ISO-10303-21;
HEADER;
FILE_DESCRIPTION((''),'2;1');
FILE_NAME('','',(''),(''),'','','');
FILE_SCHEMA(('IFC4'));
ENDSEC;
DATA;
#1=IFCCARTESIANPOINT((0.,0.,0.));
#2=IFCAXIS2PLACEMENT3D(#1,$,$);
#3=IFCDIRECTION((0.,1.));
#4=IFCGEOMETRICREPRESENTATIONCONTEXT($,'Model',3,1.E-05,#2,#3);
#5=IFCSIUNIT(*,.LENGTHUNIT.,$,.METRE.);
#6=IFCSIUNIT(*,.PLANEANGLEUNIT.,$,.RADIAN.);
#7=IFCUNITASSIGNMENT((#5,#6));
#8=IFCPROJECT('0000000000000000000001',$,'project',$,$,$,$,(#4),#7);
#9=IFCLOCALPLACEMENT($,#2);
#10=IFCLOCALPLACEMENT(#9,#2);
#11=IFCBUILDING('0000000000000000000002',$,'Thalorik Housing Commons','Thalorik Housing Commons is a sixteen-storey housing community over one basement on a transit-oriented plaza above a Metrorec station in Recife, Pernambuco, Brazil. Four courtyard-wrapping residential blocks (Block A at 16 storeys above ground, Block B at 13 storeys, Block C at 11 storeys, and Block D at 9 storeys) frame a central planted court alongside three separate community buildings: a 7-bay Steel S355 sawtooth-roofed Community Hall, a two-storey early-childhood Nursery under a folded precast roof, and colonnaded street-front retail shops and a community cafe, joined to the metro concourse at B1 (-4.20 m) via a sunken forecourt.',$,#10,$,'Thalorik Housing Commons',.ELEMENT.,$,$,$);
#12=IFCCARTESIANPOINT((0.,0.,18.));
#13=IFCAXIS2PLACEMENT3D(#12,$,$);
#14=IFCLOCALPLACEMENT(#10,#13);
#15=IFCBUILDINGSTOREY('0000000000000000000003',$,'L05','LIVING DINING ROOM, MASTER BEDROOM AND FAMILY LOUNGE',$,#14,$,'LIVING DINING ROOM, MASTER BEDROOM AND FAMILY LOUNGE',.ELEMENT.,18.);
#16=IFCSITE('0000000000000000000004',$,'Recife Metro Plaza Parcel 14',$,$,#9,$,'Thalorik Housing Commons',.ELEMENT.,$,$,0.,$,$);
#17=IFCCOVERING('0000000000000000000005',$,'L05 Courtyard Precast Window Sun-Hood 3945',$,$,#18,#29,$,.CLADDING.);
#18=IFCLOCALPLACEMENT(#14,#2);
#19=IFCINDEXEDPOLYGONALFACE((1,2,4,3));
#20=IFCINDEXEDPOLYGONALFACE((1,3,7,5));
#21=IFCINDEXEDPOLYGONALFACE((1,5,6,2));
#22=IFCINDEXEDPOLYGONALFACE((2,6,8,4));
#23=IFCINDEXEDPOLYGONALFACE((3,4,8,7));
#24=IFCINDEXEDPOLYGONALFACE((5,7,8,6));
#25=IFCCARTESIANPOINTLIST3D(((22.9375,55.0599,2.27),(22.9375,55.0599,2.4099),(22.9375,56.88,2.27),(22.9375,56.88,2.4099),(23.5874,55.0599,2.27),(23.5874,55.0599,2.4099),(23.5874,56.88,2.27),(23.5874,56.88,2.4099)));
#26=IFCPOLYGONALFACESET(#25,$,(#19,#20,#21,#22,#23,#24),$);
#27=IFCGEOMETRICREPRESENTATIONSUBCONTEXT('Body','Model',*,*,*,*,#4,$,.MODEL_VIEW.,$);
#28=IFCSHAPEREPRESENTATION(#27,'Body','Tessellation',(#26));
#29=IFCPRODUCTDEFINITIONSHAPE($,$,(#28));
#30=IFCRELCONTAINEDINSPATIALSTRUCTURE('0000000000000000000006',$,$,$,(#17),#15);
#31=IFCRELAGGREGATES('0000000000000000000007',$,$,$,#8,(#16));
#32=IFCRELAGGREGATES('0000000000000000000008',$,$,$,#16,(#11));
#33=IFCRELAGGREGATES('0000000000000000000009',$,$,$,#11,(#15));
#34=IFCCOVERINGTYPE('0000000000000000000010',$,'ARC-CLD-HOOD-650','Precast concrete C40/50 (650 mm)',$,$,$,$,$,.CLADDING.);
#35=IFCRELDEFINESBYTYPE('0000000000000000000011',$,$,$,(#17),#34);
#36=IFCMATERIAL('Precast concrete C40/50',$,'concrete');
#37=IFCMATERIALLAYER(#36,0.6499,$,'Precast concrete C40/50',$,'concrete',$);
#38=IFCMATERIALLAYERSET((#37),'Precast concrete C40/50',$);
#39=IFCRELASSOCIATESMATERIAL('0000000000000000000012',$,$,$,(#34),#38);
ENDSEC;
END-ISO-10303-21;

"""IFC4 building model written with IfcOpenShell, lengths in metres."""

from ifc_helpers import new_model, si_unit, direction, frame, origin, origin_2d, place, context, subcontext, project, spatial, rectangle, extrude, material, layer, layer_set, type_object, element, save


model = new_model("IFC4")

# Units and contexts
model_context = context("Model", 3, precision=1e-05, world=origin(), true_north=direction((0.0, 1.0)))
body_context = subcontext(model_context, "Body", "Model", "MODEL_VIEW")
ifc_project = project(units=[si_unit("LENGTHUNIT", "METRE"), si_unit("PLANEANGLEUNIT", "RADIAN")], contexts=[model_context])

# Site, building, storey
site_placement = place(None, origin())
site = spatial("IfcSite", under=ifc_project, at=site_placement, Name="Recife Metro Plaza Parcel 14", LongName="Thalorik Housing Commons", CompositionType="ELEMENT", RefElevation=0.0)
building_placement = place(site_placement, origin())
building = spatial("IfcBuilding", under=site, at=building_placement, Name="Thalorik Housing Commons", Description="Thalorik Housing Commons is a sixteen-storey housing community over one basement on a transit-oriented plaza above a Metrorec station in Recife, Pernambuco, Brazil. Four courtyard-wrapping residential blocks (Block A at 16 storeys above ground, Block B at 13 storeys, Block C at 11 storeys, and Block D at 9 storeys) frame a central planted court alongside three separate community buildings: a 7-bay Steel S355 sawtooth-roofed Community Hall, a two-storey early-childhood Nursery under a folded precast roof, and colonnaded street-front retail shops and a community cafe, joined to the metro concourse at B1 (-4.20 m) via a sunken forecourt.", LongName="Thalorik Housing Commons", CompositionType="ELEMENT")
storey_placement = place(building_placement, frame((0.0, 0.0, 18.0)))
storey = spatial("IfcBuildingStorey", under=building, at=storey_placement, Name="L05", Description="LIVING DINING ROOM, MASTER BEDROOM AND FAMILY LOUNGE", LongName="LIVING DINING ROOM, MASTER BEDROOM AND FAMILY LOUNGE", CompositionType="ELEMENT", Elevation=18.0)

# Shared definitions
ifc_material_1 = material(Name="Precast concrete C40/50", Category="concrete")

# Covering
ifc_layer_1 = layer(ifc_material_1, 0.6499, Name="Precast concrete C40/50", Category="concrete")
ifc_layer_set_1 = layer_set([ifc_layer_1], Name="Precast concrete C40/50")
covering_type_1 = type_object("IfcCoveringType", Name="ARC-CLD-HOOD-650", Description="Precast concrete C40/50 (650 mm)", PredefinedType="CLADDING", material=ifc_layer_set_1)
covering_1_placement = place(storey_placement, frame((23.2625, 55.97, 2.27), z_axis=(0.0, 0.0, 1.0), x_axis=(0.0, 1.0, 0.0)))
element("IfcCovering", 1, at=covering_1_placement, inside=storey, type_object=covering_type_1, Name="L05 Courtyard Precast Window Sun-Hood 3945", PredefinedType="CLADDING", context=body_context, shape_type="SweptSolid", body=[
    extrude(rectangle(XDim=1.8201, YDim=0.6499, at=origin_2d()), origin(), (0.0, 0.0, 1.0), 0.1399),
])

save(model, "model.ifc")
